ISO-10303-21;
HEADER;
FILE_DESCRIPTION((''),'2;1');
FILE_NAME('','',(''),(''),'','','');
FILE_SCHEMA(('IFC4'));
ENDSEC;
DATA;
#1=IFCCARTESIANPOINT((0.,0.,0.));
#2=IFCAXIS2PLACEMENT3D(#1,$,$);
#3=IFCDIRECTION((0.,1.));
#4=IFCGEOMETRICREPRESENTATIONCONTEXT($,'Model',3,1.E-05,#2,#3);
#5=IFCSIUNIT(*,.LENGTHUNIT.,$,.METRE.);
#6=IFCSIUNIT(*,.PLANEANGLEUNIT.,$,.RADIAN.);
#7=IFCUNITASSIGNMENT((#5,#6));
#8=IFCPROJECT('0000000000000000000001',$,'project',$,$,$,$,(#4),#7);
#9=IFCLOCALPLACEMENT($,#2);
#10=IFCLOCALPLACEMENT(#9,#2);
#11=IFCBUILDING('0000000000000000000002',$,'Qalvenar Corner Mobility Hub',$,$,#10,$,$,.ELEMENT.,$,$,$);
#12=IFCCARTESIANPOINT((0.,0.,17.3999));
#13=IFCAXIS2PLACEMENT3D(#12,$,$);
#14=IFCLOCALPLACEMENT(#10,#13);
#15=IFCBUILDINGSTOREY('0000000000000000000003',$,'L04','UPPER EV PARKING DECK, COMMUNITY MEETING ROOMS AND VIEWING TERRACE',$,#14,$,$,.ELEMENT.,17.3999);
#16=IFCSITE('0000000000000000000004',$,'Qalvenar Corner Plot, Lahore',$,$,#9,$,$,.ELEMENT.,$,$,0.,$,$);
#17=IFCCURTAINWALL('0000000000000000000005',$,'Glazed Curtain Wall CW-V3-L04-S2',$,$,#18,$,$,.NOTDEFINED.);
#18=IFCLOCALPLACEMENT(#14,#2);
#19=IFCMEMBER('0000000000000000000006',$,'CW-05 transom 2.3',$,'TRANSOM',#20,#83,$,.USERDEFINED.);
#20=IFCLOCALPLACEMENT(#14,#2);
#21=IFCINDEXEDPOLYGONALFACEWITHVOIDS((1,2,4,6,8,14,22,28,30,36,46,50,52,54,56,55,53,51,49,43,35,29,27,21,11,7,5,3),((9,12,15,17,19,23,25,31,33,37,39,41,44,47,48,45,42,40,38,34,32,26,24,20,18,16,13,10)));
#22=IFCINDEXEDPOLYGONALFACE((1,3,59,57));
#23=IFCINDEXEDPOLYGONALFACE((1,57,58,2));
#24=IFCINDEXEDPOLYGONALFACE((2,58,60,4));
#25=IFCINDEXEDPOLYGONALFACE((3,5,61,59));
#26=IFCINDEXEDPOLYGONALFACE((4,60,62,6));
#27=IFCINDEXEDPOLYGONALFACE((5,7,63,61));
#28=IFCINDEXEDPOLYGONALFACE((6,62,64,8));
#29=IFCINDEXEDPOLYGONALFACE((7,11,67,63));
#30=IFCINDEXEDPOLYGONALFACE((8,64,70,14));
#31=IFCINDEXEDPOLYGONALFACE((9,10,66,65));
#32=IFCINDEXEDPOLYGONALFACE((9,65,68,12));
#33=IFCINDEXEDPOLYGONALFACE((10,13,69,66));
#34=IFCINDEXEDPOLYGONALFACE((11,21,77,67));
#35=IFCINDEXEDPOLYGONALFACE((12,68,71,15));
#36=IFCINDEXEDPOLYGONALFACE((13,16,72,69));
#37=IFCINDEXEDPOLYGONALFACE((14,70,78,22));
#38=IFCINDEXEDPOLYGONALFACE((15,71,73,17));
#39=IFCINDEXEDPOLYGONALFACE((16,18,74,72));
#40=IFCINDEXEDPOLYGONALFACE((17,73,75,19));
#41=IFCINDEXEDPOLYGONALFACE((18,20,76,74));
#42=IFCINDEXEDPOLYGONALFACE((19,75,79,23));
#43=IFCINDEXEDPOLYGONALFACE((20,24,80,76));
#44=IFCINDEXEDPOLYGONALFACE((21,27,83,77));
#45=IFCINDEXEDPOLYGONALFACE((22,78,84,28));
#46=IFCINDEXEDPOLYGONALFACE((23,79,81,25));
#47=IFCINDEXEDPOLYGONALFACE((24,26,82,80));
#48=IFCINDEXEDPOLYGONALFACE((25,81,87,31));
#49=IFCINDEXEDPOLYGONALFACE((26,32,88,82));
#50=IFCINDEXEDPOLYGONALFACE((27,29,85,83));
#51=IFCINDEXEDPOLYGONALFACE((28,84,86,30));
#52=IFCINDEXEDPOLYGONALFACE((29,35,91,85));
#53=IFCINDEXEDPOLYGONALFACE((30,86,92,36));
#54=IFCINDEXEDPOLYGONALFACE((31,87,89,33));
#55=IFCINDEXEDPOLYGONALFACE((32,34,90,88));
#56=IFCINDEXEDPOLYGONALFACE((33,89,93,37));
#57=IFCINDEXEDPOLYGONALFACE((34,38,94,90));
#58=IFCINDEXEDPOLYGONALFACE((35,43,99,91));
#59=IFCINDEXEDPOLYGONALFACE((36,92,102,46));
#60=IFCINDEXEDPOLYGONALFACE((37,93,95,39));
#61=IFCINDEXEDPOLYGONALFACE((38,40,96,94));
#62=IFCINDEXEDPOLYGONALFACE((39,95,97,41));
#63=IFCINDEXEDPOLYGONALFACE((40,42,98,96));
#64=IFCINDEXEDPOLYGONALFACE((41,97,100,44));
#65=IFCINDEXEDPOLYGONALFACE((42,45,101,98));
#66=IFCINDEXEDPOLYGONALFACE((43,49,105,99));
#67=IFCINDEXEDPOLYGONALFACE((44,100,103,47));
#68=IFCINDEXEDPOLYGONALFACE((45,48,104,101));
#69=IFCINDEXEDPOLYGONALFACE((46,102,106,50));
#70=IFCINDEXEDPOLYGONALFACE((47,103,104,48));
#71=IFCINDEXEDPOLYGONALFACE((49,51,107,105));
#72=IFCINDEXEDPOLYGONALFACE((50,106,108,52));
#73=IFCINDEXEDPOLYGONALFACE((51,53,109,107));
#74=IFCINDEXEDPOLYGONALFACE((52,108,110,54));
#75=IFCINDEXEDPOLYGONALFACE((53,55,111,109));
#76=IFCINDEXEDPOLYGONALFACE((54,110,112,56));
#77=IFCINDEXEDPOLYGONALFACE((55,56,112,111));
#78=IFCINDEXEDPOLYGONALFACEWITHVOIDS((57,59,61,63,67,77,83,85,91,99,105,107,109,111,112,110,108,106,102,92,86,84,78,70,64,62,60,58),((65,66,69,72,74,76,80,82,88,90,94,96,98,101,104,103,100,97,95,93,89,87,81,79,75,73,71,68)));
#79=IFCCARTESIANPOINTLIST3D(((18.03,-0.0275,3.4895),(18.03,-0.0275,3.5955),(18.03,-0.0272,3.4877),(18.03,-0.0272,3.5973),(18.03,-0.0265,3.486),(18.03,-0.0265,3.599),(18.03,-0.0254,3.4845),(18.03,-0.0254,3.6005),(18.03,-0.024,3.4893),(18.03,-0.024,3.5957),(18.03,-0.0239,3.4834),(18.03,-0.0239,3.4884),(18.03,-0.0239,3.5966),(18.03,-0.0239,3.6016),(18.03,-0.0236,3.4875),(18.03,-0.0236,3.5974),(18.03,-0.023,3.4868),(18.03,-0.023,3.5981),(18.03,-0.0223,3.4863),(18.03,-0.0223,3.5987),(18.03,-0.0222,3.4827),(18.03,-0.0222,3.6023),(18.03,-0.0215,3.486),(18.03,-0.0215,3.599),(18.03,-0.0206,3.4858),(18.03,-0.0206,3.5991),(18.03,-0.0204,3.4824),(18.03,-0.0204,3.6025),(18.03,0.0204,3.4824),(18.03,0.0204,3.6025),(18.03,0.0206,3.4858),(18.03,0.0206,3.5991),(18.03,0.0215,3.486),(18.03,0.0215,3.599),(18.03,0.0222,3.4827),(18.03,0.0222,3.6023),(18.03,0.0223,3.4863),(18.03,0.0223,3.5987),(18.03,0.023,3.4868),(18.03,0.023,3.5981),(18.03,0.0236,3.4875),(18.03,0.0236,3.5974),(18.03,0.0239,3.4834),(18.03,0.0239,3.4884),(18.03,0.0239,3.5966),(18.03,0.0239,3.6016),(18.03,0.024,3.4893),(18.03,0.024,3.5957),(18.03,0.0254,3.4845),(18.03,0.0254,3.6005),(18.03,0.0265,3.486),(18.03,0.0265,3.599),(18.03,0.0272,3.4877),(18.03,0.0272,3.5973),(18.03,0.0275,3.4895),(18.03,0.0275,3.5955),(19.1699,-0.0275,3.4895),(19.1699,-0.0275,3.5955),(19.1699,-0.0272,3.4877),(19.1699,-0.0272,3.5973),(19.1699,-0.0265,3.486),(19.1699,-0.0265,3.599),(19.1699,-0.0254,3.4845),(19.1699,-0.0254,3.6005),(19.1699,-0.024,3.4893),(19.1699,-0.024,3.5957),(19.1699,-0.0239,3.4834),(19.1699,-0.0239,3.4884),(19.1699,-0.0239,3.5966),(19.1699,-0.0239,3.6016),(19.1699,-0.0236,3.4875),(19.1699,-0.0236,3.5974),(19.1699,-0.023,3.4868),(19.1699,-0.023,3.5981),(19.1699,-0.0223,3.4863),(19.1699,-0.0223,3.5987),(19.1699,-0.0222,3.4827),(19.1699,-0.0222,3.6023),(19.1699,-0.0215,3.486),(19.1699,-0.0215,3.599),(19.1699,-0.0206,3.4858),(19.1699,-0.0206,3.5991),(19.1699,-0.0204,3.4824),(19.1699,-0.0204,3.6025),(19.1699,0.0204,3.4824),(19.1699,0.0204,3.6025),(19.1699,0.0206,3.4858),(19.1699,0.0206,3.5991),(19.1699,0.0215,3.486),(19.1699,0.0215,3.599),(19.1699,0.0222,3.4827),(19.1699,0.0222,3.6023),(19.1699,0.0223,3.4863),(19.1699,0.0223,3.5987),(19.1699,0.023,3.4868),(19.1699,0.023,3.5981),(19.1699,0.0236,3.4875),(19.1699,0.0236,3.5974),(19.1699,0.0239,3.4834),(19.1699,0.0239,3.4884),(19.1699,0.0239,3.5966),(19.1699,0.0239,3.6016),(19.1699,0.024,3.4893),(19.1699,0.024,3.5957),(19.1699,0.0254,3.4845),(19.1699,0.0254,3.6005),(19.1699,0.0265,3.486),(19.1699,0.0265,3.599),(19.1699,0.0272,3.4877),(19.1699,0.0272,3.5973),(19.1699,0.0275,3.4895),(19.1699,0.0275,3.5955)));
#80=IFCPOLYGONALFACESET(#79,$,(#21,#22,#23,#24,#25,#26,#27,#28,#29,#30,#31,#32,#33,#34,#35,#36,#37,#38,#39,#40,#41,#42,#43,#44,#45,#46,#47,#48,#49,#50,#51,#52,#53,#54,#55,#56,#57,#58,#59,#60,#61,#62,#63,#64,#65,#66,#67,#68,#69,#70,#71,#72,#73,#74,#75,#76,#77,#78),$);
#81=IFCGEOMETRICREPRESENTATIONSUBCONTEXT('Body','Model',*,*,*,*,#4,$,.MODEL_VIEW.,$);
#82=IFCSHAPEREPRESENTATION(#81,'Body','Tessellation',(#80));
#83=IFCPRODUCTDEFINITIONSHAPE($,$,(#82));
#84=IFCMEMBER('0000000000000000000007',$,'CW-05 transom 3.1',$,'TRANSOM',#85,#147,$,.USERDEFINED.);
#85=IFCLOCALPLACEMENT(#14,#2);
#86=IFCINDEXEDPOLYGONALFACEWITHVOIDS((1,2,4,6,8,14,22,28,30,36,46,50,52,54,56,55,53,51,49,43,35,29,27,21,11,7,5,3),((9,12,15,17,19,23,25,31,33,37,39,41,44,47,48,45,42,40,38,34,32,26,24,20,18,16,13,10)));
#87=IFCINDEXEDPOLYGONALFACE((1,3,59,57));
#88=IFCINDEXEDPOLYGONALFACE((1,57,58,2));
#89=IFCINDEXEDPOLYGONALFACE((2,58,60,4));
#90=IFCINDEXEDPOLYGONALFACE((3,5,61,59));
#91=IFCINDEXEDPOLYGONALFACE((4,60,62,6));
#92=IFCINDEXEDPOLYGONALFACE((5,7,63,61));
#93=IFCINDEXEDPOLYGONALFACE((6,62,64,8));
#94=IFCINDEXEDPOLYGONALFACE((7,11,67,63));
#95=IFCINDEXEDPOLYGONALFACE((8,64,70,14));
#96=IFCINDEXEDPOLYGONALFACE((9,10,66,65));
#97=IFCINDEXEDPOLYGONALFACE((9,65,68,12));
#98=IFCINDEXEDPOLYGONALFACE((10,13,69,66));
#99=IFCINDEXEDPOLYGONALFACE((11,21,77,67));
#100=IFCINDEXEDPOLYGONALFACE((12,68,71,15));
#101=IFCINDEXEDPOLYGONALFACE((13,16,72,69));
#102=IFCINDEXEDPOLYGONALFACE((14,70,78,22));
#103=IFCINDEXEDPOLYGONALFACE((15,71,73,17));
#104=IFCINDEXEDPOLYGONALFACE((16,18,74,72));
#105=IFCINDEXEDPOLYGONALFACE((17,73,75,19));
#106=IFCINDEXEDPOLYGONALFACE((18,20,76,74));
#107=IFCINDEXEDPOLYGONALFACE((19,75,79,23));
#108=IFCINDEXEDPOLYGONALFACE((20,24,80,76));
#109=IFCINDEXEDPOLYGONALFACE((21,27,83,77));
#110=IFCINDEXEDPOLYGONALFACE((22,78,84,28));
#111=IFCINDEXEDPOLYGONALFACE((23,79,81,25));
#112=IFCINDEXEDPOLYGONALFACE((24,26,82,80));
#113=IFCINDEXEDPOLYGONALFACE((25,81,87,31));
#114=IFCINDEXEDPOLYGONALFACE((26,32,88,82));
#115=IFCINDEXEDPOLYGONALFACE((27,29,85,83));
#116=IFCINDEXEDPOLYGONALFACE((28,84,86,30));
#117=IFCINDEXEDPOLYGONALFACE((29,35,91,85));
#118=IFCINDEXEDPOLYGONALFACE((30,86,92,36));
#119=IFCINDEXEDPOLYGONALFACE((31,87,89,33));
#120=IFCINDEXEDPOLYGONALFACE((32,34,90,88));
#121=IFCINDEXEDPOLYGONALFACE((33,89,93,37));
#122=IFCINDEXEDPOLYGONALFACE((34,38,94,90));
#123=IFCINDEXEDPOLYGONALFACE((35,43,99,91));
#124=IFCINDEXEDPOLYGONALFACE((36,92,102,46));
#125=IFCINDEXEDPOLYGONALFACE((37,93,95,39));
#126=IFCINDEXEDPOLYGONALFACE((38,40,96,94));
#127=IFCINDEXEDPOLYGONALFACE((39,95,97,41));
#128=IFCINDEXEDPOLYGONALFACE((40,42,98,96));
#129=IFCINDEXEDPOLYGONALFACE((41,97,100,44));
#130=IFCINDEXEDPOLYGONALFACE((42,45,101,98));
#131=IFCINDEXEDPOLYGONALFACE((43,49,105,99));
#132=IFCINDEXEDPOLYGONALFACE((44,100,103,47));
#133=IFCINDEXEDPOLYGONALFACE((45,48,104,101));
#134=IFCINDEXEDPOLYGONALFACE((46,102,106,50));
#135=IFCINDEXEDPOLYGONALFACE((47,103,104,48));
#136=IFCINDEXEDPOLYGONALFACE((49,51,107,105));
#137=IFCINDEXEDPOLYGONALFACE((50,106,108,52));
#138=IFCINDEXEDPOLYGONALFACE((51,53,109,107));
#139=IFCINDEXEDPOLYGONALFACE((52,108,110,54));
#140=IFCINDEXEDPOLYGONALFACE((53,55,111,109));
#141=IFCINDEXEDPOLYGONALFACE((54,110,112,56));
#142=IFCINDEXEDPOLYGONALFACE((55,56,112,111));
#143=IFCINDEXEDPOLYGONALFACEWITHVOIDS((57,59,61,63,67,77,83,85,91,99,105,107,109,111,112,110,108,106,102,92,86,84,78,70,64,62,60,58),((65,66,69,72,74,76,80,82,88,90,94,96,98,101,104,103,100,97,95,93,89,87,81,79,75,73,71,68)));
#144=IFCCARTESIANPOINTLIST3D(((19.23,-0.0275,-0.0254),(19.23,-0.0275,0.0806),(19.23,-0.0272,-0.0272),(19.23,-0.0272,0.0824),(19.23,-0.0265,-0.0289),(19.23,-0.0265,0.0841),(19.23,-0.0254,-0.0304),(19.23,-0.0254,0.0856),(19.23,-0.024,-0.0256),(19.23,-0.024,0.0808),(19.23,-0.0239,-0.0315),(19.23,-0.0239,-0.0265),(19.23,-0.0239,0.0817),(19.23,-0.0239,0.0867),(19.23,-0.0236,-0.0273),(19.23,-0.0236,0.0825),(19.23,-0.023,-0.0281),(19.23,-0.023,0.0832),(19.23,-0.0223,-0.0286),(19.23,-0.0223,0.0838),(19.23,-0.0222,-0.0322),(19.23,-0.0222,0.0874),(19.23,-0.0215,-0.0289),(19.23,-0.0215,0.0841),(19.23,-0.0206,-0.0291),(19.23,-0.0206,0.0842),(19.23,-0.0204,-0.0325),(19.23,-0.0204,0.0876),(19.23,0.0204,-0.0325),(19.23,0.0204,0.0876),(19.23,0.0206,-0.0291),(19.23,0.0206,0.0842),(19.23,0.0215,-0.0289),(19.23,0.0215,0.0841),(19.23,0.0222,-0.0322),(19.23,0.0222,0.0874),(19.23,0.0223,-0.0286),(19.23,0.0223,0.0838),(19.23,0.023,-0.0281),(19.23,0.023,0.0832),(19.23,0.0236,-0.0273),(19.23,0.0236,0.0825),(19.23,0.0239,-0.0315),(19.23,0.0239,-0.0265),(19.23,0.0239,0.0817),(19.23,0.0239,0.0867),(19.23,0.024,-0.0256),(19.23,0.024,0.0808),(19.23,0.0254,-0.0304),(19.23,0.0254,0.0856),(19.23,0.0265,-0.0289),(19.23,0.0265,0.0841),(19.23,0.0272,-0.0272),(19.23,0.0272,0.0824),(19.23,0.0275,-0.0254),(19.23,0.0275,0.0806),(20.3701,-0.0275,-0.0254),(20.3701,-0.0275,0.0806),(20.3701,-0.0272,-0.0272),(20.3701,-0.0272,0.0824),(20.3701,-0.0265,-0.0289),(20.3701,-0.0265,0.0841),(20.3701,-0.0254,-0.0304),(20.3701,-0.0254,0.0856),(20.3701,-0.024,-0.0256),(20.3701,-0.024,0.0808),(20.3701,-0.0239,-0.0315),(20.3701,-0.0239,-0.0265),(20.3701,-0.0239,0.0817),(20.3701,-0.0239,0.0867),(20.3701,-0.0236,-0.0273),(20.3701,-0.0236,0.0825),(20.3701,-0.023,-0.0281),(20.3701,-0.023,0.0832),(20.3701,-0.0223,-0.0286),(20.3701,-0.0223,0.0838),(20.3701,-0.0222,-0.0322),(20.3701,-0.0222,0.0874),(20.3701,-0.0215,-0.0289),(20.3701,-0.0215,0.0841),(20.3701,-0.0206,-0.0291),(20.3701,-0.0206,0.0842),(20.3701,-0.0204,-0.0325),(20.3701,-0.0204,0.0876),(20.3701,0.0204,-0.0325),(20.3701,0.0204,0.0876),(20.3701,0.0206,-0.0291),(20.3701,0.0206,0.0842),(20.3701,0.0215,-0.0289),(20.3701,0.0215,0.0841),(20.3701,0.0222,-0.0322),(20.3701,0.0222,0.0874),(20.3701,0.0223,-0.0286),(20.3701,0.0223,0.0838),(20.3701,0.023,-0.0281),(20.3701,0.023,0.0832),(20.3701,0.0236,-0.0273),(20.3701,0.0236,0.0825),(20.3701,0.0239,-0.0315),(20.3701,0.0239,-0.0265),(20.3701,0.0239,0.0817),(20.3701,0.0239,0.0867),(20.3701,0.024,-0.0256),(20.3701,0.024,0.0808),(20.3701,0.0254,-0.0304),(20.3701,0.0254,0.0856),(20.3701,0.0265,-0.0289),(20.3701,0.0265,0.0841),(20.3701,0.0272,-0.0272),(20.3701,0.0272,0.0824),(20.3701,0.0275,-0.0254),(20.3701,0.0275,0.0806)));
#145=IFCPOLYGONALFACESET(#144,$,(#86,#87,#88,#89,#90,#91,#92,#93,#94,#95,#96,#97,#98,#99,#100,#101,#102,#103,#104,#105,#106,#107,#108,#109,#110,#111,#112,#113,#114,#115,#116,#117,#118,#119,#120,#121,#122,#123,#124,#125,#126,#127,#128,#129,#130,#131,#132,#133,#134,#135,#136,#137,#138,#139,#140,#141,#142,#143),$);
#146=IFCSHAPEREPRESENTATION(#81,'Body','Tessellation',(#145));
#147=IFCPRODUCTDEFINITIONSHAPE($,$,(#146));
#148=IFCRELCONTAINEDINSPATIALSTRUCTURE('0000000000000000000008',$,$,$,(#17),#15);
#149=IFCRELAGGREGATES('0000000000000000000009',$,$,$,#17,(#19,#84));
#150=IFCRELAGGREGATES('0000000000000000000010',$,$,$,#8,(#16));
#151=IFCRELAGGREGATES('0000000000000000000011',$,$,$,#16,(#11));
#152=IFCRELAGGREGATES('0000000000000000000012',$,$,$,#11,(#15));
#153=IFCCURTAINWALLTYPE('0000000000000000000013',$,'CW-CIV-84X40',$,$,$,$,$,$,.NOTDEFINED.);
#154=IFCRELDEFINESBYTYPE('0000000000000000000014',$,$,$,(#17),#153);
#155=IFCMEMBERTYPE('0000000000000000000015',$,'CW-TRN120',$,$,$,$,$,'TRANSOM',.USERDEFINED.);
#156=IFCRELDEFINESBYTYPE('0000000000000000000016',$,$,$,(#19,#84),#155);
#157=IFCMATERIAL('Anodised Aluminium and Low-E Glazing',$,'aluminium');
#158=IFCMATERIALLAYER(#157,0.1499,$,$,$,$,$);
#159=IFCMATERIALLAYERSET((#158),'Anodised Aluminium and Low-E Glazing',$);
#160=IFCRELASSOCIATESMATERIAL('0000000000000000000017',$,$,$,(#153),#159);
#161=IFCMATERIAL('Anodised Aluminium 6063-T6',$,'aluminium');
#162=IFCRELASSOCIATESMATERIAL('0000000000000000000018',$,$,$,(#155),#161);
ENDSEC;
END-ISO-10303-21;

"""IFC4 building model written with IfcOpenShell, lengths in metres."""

from ifc_helpers import new_model, si_unit, direction, frame, origin, origin_2d, place, context, subcontext, project, spatial, hollow_rectangle, extrude, material, layer, layer_set, material_profile, profile_set, type_object, element, aggregate, save


model = new_model("IFC4")

# Units and contexts
model_context = context("Model", 3, precision=1e-05, world=origin(), true_north=direction((0.0, 1.0)))
body_context = subcontext(model_context, "Body", "Model", "MODEL_VIEW")
ifc_project = project(units=[si_unit("LENGTHUNIT", "METRE"), si_unit("PLANEANGLEUNIT", "RADIAN")], contexts=[model_context])

# Site, building, storey
site_placement = place(None, origin())
site = spatial("IfcSite", under=ifc_project, at=site_placement, Name="Qalvenar Corner Plot, Lahore", CompositionType="ELEMENT", RefElevation=0.0)
building_placement = place(site_placement, origin())
building = spatial("IfcBuilding", under=site, at=building_placement, Name="Qalvenar Corner Mobility Hub", CompositionType="ELEMENT")
storey_placement = place(building_placement, frame((0.0, 0.0, 17.3999)))
storey = spatial("IfcBuildingStorey", under=building, at=storey_placement, Name="L04", Description="UPPER EV PARKING DECK, COMMUNITY MEETING ROOMS AND VIEWING TERRACE", CompositionType="ELEMENT", Elevation=17.3999)

# Curtain wall, members
ifc_material_1 = material(Name="Anodised Aluminium and Low-E Glazing", Category="aluminium")
ifc_layer_1 = layer(ifc_material_1, 0.1499)
ifc_layer_set_1 = layer_set([ifc_layer_1], Name="Anodised Aluminium and Low-E Glazing")
curtain_wall_type = type_object("IfcCurtainWallType", Name="CW-CIV-84X40", PredefinedType="NOTDEFINED", material=ifc_layer_set_1)
curtain_wall_placement = place(storey_placement, origin())
curtain_wall = element("IfcCurtainWall", 1, at=curtain_wall_placement, inside=storey, type_object=curtain_wall_type, Name="Glazed Curtain Wall CW-V3-L04-S2", PredefinedType="NOTDEFINED")
ifc_material_2 = material(Name="Anodised Aluminium 6063-T6", Category="aluminium")
ifc_material_profile_1 = material_profile(ifc_material_2, hollow_rectangle(XDim=0.0549, YDim=0.1201, WallThickness=0.0034, InnerFilletRadius=0.0034, OuterFilletRadius=0.0071, at=origin_2d()), Name="RHS120x55x3.5")
ifc_profile_set_1 = profile_set([ifc_material_profile_1], Name="Anodised Aluminium 6063-T6")
member_type_1 = type_object("IfcMemberType", Name="CW-TRN120", ElementType="TRANSOM", PredefinedType="USERDEFINED", material=ifc_profile_set_1)
member_1_placement = place(storey_placement, frame((18.03, 0.0, 3.5425), z_axis=(1.0, 0.0, 0.0), x_axis=(0.0, 1.0, 0.0)))
member_1 = element("IfcMember", 2, at=member_1_placement, type_object=member_type_1, Name="CW-05 transom 2.3", ObjectType="TRANSOM", PredefinedType="USERDEFINED", context=body_context, shape_type="SweptSolid", body=[
    extrude(hollow_rectangle(XDim=0.0549, YDim=0.1201, WallThickness=0.0034, InnerFilletRadius=0.0034, OuterFilletRadius=0.0071, at=origin_2d()), origin(), (0.0, 0.0, 1.0), 1.1399),
])
member_2_placement = place(storey_placement, frame((19.23, 0.0, 0.0276), z_axis=(1.0, 0.0, 0.0), x_axis=(0.0, 1.0, 0.0)))
member_2 = element("IfcMember", 3, at=member_2_placement, type_object=member_type_1, Name="CW-05 transom 3.1", ObjectType="TRANSOM", PredefinedType="USERDEFINED", context=body_context, shape_type="SweptSolid", body=[
    extrude(hollow_rectangle(XDim=0.0549, YDim=0.1201, WallThickness=0.0034, InnerFilletRadius=0.0034, OuterFilletRadius=0.0071, at=origin_2d()), origin(), (0.0, 0.0, 1.0), 1.1401),
])
aggregate(curtain_wall, [member_1, member_2])

save(model, "model.ifc")
